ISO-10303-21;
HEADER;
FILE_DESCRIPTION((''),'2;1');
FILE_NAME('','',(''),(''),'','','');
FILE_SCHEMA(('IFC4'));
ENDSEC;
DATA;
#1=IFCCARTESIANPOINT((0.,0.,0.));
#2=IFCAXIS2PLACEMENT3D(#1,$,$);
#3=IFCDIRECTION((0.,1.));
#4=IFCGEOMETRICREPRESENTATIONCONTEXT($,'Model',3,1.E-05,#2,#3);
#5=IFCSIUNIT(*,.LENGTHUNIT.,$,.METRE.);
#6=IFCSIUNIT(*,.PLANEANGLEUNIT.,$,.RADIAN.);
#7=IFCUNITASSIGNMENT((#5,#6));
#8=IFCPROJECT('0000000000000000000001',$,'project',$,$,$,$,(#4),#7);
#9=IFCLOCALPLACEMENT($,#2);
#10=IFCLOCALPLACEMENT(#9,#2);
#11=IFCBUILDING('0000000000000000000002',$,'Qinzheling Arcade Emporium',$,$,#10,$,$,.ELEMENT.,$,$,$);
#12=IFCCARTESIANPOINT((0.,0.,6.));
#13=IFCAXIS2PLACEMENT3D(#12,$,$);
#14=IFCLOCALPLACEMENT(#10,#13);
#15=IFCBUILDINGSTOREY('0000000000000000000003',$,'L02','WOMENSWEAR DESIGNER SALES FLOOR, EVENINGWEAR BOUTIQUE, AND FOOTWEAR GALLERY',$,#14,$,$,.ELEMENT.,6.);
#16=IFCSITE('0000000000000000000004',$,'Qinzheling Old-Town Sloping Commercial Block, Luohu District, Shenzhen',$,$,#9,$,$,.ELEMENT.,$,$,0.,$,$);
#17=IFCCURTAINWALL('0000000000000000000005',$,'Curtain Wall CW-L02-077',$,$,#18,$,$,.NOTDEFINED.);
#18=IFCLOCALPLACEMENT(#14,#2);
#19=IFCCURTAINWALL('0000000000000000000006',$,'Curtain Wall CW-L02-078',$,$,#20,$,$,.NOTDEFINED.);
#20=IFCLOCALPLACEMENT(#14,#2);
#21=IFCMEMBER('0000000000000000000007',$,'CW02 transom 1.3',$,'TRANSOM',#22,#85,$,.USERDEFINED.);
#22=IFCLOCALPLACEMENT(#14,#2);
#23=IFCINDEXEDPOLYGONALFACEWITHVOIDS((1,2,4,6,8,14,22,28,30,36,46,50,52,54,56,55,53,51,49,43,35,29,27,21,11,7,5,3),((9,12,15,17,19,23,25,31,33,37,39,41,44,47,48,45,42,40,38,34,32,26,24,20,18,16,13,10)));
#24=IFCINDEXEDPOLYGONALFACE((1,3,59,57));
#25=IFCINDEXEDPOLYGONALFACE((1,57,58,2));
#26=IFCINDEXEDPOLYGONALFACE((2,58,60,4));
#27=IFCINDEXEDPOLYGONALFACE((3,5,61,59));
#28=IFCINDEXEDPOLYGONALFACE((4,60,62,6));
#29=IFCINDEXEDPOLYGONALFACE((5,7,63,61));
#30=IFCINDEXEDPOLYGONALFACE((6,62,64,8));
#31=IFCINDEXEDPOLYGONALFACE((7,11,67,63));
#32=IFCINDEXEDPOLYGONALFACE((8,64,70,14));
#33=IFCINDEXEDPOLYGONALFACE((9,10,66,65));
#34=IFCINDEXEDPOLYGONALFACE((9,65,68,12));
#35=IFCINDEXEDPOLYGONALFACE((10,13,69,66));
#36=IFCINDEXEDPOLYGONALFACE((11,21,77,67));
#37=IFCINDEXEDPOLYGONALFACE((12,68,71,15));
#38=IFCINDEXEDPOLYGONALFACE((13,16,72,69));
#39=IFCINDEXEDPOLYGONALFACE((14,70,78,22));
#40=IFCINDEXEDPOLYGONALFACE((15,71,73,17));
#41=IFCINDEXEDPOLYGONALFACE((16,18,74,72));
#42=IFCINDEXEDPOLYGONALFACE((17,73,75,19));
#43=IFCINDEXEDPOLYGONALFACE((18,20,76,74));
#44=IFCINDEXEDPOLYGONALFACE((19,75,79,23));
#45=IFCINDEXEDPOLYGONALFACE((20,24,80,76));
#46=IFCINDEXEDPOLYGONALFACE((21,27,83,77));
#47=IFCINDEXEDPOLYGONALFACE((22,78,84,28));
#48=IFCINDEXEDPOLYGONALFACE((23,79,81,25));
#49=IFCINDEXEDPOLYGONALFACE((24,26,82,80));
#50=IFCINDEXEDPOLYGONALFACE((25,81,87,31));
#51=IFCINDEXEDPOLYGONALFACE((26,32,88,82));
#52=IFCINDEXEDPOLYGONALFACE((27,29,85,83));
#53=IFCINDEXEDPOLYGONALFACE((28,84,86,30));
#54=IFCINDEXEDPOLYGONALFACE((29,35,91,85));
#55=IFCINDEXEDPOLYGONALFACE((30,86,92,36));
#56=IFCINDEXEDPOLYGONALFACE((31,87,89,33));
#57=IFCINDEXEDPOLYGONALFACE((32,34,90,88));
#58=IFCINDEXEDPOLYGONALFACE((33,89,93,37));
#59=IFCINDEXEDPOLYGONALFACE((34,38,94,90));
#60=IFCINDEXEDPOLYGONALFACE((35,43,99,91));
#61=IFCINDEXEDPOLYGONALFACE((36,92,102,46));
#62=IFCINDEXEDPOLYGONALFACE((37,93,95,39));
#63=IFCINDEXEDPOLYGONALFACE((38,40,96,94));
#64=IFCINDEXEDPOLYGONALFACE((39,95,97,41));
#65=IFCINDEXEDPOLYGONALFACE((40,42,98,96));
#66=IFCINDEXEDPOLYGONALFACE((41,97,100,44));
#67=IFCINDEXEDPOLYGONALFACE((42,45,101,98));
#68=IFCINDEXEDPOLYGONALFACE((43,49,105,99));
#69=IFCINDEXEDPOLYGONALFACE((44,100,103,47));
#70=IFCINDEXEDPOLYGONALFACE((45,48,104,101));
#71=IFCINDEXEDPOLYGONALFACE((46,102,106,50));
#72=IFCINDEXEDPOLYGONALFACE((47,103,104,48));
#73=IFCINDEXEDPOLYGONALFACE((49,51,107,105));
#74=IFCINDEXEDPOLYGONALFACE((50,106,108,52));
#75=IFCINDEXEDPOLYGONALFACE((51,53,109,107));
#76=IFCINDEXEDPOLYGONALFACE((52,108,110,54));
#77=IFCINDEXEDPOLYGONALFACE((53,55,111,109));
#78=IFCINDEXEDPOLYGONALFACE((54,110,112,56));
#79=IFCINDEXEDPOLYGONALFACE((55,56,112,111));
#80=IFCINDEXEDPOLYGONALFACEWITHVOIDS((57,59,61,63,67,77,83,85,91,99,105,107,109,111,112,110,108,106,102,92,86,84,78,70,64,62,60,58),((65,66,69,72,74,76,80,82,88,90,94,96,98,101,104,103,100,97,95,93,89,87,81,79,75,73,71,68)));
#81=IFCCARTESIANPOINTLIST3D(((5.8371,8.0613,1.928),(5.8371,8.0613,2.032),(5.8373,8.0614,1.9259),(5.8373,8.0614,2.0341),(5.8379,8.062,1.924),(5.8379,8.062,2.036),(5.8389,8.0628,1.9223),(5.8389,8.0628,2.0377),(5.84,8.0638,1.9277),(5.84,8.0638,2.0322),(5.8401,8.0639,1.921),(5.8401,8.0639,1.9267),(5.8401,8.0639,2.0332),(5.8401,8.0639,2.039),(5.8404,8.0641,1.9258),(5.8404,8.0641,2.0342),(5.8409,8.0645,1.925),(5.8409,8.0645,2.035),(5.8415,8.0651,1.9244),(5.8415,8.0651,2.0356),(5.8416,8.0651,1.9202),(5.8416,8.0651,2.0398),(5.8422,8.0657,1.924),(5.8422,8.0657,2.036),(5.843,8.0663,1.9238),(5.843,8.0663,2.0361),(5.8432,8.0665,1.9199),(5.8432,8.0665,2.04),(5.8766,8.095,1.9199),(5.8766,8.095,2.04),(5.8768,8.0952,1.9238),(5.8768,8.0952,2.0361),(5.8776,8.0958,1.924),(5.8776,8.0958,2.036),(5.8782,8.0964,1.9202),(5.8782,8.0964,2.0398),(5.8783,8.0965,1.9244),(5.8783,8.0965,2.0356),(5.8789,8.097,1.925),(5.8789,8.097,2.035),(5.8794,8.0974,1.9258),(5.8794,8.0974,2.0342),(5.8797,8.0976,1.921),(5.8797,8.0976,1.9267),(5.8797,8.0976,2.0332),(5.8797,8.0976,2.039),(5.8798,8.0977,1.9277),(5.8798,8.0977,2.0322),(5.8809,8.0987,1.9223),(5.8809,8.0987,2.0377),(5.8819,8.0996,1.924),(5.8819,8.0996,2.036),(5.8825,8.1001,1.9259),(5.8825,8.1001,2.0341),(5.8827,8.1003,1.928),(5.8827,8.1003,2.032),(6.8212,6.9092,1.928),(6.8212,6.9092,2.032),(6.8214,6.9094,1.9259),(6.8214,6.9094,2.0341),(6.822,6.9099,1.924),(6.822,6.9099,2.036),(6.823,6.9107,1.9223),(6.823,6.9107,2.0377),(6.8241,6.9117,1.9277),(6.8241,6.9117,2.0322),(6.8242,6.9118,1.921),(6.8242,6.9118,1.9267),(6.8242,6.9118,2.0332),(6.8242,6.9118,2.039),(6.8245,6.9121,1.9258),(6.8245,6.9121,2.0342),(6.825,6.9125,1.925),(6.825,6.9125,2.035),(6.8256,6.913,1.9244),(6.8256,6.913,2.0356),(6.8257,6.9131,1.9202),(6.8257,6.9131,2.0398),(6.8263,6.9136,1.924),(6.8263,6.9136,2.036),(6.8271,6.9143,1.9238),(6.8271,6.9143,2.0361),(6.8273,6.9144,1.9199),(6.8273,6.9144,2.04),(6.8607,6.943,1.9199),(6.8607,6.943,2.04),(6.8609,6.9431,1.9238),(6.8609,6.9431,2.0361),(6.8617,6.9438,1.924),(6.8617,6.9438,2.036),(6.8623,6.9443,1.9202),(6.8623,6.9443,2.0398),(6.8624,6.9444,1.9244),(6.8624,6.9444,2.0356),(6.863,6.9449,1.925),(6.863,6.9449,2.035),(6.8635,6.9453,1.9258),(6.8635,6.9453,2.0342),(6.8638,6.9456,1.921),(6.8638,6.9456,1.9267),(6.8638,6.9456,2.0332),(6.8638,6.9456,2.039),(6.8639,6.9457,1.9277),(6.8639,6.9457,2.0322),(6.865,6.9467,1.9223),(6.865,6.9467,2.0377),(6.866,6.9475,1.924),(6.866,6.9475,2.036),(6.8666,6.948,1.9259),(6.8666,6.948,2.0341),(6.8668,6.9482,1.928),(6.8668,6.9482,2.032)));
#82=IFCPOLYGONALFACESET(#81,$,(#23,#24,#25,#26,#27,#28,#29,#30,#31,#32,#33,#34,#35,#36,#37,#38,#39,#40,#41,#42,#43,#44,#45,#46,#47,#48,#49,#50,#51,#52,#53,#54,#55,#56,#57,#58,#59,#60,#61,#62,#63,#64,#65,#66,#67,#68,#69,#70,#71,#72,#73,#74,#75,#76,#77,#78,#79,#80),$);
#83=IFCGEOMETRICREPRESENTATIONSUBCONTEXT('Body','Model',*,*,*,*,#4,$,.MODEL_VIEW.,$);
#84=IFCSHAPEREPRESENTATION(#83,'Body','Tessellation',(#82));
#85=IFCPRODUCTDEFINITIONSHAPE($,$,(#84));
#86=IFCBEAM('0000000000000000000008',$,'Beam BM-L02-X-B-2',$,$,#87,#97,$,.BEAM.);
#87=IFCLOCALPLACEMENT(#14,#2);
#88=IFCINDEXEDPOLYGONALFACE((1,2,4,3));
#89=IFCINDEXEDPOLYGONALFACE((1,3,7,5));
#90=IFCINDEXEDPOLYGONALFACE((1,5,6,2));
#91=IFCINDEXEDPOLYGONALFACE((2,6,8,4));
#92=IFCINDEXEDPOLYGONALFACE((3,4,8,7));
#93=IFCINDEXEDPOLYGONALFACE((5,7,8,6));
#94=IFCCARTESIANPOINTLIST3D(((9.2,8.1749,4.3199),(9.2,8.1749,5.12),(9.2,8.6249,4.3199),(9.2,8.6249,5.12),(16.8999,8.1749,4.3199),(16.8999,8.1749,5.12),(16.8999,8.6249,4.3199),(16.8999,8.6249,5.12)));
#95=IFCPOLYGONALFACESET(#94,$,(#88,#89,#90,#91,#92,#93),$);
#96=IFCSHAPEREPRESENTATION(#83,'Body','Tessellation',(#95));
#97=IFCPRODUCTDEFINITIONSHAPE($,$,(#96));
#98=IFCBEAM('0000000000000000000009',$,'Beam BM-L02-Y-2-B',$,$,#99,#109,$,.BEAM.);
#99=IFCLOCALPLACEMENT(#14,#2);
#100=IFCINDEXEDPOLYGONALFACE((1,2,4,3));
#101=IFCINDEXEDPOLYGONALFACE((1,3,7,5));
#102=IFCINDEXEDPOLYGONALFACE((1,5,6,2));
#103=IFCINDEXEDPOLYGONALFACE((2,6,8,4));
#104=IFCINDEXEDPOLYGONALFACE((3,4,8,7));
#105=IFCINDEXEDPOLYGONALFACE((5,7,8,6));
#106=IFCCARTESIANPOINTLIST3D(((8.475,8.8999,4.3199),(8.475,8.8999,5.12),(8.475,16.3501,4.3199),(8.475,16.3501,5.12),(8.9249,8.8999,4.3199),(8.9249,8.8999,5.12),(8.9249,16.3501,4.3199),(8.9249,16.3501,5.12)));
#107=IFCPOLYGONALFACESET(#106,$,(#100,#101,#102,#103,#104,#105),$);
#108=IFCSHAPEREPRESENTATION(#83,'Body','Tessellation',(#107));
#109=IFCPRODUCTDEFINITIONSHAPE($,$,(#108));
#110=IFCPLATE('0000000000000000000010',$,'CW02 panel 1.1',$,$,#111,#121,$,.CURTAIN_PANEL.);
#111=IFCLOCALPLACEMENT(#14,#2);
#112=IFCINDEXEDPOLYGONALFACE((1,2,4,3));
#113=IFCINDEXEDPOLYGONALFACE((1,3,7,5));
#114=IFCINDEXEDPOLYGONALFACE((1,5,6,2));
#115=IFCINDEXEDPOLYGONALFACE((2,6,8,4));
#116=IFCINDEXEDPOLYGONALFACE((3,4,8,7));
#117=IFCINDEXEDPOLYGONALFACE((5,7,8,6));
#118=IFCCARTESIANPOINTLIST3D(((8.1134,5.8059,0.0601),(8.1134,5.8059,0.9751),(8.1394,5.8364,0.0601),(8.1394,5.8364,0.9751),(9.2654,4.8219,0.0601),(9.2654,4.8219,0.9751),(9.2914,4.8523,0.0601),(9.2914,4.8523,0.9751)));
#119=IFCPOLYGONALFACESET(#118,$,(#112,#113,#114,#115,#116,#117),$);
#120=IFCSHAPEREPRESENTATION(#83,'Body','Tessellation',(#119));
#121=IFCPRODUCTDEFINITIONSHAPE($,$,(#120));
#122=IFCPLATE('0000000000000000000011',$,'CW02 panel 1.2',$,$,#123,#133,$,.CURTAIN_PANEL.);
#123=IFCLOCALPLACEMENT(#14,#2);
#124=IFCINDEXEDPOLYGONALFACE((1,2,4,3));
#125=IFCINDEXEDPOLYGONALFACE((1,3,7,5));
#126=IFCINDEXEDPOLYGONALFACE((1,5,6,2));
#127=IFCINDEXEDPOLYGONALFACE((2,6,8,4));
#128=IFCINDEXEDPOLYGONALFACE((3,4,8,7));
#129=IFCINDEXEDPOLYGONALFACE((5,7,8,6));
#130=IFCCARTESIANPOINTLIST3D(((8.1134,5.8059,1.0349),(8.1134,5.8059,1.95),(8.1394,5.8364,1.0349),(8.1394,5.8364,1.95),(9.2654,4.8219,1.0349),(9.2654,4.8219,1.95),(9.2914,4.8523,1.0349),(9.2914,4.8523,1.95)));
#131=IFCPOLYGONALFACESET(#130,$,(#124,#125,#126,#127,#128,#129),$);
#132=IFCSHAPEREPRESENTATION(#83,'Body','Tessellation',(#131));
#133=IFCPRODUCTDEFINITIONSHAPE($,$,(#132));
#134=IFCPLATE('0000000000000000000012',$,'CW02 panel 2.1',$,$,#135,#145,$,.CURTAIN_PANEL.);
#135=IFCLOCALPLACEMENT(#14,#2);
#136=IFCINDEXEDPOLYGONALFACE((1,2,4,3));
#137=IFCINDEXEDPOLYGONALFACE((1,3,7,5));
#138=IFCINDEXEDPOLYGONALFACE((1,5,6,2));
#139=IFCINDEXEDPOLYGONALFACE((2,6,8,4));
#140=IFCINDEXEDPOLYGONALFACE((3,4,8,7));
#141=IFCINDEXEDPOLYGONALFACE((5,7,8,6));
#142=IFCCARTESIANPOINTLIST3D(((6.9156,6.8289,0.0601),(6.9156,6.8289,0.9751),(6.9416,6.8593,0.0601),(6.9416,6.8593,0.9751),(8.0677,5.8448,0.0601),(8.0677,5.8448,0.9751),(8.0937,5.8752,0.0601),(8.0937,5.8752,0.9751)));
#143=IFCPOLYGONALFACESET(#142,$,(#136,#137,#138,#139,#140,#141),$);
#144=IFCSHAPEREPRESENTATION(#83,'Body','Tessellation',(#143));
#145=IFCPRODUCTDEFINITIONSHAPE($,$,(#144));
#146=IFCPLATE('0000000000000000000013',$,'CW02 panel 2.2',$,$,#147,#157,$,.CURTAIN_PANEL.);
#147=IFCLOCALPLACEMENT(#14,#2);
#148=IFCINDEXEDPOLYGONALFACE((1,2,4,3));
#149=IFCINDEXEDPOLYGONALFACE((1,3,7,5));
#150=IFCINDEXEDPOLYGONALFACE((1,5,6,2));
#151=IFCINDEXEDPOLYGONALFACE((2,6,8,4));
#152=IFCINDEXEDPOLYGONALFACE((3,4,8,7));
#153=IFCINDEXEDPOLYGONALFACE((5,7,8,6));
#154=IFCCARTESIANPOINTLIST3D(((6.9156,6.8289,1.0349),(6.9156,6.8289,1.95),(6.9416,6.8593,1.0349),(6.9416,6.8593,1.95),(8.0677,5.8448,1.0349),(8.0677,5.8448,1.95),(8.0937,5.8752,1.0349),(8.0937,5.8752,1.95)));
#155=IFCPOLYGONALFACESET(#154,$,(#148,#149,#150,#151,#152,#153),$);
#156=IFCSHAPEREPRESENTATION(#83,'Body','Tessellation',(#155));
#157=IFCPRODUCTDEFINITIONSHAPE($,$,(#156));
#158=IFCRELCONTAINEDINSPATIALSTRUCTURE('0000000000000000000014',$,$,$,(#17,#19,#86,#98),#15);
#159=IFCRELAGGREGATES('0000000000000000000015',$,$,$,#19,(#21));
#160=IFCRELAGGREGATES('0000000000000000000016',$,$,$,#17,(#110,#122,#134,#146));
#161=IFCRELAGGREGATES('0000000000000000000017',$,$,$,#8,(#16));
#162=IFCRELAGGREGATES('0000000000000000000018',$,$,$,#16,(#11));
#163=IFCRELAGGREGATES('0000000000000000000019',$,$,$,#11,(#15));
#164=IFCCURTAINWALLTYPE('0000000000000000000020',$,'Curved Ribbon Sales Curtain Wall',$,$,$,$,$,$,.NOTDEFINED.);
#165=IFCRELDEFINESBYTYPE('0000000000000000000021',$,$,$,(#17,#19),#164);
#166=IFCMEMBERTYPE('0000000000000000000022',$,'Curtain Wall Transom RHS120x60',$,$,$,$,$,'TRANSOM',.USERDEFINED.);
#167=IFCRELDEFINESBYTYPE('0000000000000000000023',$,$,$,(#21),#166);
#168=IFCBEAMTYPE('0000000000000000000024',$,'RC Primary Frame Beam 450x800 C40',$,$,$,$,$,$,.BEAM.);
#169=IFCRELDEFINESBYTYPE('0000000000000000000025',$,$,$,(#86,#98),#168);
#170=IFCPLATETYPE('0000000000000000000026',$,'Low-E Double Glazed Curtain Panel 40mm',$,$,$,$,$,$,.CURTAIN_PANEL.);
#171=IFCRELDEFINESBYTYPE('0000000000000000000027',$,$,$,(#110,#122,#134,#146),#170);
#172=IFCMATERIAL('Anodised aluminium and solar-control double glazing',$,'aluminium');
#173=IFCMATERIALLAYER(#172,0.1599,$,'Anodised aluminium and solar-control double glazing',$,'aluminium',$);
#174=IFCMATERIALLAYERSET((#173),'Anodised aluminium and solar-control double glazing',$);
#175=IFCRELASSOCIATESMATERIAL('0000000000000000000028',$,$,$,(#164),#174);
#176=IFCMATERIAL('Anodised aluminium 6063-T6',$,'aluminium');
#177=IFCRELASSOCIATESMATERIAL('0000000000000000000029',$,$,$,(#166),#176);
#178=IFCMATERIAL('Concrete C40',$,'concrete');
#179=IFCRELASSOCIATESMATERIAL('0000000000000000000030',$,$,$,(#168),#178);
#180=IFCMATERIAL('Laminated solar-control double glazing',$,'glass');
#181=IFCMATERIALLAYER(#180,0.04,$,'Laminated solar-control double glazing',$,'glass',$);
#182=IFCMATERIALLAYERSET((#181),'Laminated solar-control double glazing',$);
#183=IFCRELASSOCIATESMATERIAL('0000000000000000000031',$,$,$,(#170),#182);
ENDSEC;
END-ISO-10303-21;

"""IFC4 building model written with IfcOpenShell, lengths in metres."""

from ifc_helpers import new_model, si_unit, direction, frame, origin, origin_2d, place, context, subcontext, project, spatial, rectangle, hollow_rectangle, extrude, material, layer, layer_set, material_profile, profile_set, type_object, element, aggregate, save


model = new_model("IFC4")

# Units and contexts
model_context = context("Model", 3, precision=1e-05, world=origin(), true_north=direction((0.0, 1.0)))
body_context = subcontext(model_context, "Body", "Model", "MODEL_VIEW")
ifc_project = project(units=[si_unit("LENGTHUNIT", "METRE"), si_unit("PLANEANGLEUNIT", "RADIAN")], contexts=[model_context])

# Site, building, storey
site_placement = place(None, origin())
site = spatial("IfcSite", under=ifc_project, at=site_placement, Name="Qinzheling Old-Town Sloping Commercial Block, Luohu District, Shenzhen", CompositionType="ELEMENT", RefElevation=0.0)
building_placement = place(site_placement, origin())
building = spatial("IfcBuilding", under=site, at=building_placement, Name="Qinzheling Arcade Emporium", CompositionType="ELEMENT")
storey_placement = place(building_placement, frame((0.0, 0.0, 6.0)))
storey = spatial("IfcBuildingStorey", under=building, at=storey_placement, Name="L02", Description="WOMENSWEAR DESIGNER SALES FLOOR, EVENINGWEAR BOUTIQUE, AND FOOTWEAR GALLERY", CompositionType="ELEMENT", Elevation=6.0)

# Curtain wall
ifc_material_1 = material(Name="Anodised aluminium and solar-control double glazing", Category="aluminium")
ifc_layer_1 = layer(ifc_material_1, 0.1599, Name="Anodised aluminium and solar-control double glazing", Category="aluminium")
ifc_layer_set_1 = layer_set([ifc_layer_1], Name="Anodised aluminium and solar-control double glazing")
curtain_wall_type = type_object("IfcCurtainWallType", Name="Curved Ribbon Sales Curtain Wall", PredefinedType="NOTDEFINED", material=ifc_layer_set_1)
curtain_wall_1_placement = place(storey_placement, origin())
curtain_wall_1 = element("IfcCurtainWall", 1, at=curtain_wall_1_placement, inside=storey, type_object=curtain_wall_type, Name="Curtain Wall CW-L02-077", PredefinedType="NOTDEFINED")
ifc_material_2 = material(Name="Anodised aluminium 6063-T6", Category="aluminium")

# Curtain wall
curtain_wall_2_placement = place(storey_placement, origin())
curtain_wall_2 = element("IfcCurtainWall", 2, at=curtain_wall_2_placement, inside=storey, type_object=curtain_wall_type, Name="Curtain Wall CW-L02-078", PredefinedType="NOTDEFINED")

# Member
ifc_material_profile_1 = material_profile(ifc_material_2, hollow_rectangle(XDim=0.0601, YDim=0.1201, WallThickness=0.0039, InnerFilletRadius=0.0039, OuterFilletRadius=0.0081, at=origin_2d()), Name="RHS 120x60x4", Category="aluminium")
ifc_profile_set_1 = profile_set([ifc_material_profile_1], Name="Anodised aluminium 6063-T6")
member_type_1 = type_object("IfcMemberType", Name="Curtain Wall Transom RHS120x60", ElementType="TRANSOM", PredefinedType="USERDEFINED", material=ifc_profile_set_1)
member_1_placement = place(storey_placement, frame((6.844, 6.9287, 1.98), z_axis=(-0.649503, 0.760359, 0.0), x_axis=(-0.760359, -0.649503, 0.0)))
member_1 = element("IfcMember", 3, at=member_1_placement, type_object=member_type_1, Name="CW02 transom 1.3", ObjectType="TRANSOM", PredefinedType="USERDEFINED", context=body_context, shape_type="SweptSolid", body=[
    extrude(hollow_rectangle(XDim=0.0601, YDim=0.1201, WallThickness=0.0039, InnerFilletRadius=0.0039, OuterFilletRadius=0.0081, at=origin_2d()), origin(), (0.0, 0.0, 1.0), 1.5151),
])
aggregate(curtain_wall_2, [member_1])

# Beams
ifc_material_3 = material(Name="Concrete C40", Category="concrete")
ifc_material_profile_2 = material_profile(ifc_material_3, rectangle(XDim=0.45, YDim=0.8, at=origin_2d()), Name="RC 450x800", Category="concrete")
ifc_profile_set_2 = profile_set([ifc_material_profile_2], Name="Concrete C40")
beam_type_1 = type_object("IfcBeamType", Name="RC Primary Frame Beam 450x800 C40", PredefinedType="BEAM", material=ifc_profile_set_2)
beam_1_placement = place(storey_placement, frame((9.2, 8.3999, 4.72), z_axis=(1.0, 0.0, 0.0), x_axis=(0.0, 1.0, 0.0)))
element("IfcBeam", 4, at=beam_1_placement, inside=storey, type_object=beam_type_1, Name="Beam BM-L02-X-B-2", PredefinedType="BEAM", context=body_context, shape_type="SweptSolid", body=[
    extrude(rectangle(XDim=0.45, YDim=0.8, at=origin_2d()), origin(), (0.0, 0.0, 1.0), 7.7),
])
beam_2_placement = place(storey_placement, frame((8.7, 8.8999, 4.72), z_axis=(0.0, 1.0, 0.0), x_axis=(-1.0, 0.0, 0.0)))
element("IfcBeam", 5, at=beam_2_placement, inside=storey, type_object=beam_type_1, Name="Beam BM-L02-Y-2-B", PredefinedType="BEAM", context=body_context, shape_type="SweptSolid", body=[
    extrude(rectangle(XDim=0.45, YDim=0.8, at=origin_2d()), origin(), (0.0, 0.0, 1.0), 7.4502),
])

# Plates
ifc_material_4 = material(Name="Laminated solar-control double glazing", Category="glass")
ifc_layer_2 = layer(ifc_material_4, 0.04, Name="Laminated solar-control double glazing", Category="glass")
ifc_layer_set_2 = layer_set([ifc_layer_2], Name="Laminated solar-control double glazing")
plate_type = type_object("IfcPlateType", Name="Low-E Double Glazed Curtain Panel 40mm", PredefinedType="CURTAIN_PANEL", material=ifc_layer_set_2)
plate_1_placement = place(storey_placement, frame((8.7024, 5.3291, 0.0601), z_axis=(0.0, 0.0, 1.0), x_axis=(-0.760377, 0.649482, 0.0)))
plate_1 = element("IfcPlate", 6, at=plate_1_placement, type_object=plate_type, Name="CW02 panel 1.1", PredefinedType="CURTAIN_PANEL", context=body_context, shape_type="SweptSolid", body=[
    extrude(rectangle(XDim=1.5151, YDim=0.04, at=origin_2d()), origin(), (0.0, 0.0, 1.0), 0.915),
])
plate_2_placement = place(storey_placement, frame((8.7024, 5.3291, 1.0349), z_axis=(0.0, 0.0, 1.0), x_axis=(-0.760377, 0.649482, 0.0)))
plate_2 = element("IfcPlate", 7, at=plate_2_placement, type_object=plate_type, Name="CW02 panel 1.2", PredefinedType="CURTAIN_PANEL", context=body_context, shape_type="SweptSolid", body=[
    extrude(rectangle(XDim=1.5151, YDim=0.04, at=origin_2d()), origin(), (0.0, 0.0, 1.0), 0.915),
])
plate_3_placement = place(storey_placement, frame((7.5046, 6.3521, 0.0601), z_axis=(0.0, 0.0, 1.0), x_axis=(-0.760377, 0.649482, 0.0)))
plate_3 = element("IfcPlate", 8, at=plate_3_placement, type_object=plate_type, Name="CW02 panel 2.1", PredefinedType="CURTAIN_PANEL", context=body_context, shape_type="SweptSolid", body=[
    extrude(rectangle(XDim=1.5151, YDim=0.04, at=origin_2d()), origin(), (0.0, 0.0, 1.0), 0.915),
])
plate_4_placement = place(storey_placement, frame((7.5046, 6.3521, 1.0349), z_axis=(0.0, 0.0, 1.0), x_axis=(-0.760377, 0.649482, 0.0)))
plate_4 = element("IfcPlate", 9, at=plate_4_placement, type_object=plate_type, Name="CW02 panel 2.2", PredefinedType="CURTAIN_PANEL", context=body_context, shape_type="SweptSolid", body=[
    extrude(rectangle(XDim=1.5151, YDim=0.04, at=origin_2d()), origin(), (0.0, 0.0, 1.0), 0.915),
])
aggregate(curtain_wall_1, [plate_1, plate_2, plate_3, plate_4])

save(model, "model.ifc")
